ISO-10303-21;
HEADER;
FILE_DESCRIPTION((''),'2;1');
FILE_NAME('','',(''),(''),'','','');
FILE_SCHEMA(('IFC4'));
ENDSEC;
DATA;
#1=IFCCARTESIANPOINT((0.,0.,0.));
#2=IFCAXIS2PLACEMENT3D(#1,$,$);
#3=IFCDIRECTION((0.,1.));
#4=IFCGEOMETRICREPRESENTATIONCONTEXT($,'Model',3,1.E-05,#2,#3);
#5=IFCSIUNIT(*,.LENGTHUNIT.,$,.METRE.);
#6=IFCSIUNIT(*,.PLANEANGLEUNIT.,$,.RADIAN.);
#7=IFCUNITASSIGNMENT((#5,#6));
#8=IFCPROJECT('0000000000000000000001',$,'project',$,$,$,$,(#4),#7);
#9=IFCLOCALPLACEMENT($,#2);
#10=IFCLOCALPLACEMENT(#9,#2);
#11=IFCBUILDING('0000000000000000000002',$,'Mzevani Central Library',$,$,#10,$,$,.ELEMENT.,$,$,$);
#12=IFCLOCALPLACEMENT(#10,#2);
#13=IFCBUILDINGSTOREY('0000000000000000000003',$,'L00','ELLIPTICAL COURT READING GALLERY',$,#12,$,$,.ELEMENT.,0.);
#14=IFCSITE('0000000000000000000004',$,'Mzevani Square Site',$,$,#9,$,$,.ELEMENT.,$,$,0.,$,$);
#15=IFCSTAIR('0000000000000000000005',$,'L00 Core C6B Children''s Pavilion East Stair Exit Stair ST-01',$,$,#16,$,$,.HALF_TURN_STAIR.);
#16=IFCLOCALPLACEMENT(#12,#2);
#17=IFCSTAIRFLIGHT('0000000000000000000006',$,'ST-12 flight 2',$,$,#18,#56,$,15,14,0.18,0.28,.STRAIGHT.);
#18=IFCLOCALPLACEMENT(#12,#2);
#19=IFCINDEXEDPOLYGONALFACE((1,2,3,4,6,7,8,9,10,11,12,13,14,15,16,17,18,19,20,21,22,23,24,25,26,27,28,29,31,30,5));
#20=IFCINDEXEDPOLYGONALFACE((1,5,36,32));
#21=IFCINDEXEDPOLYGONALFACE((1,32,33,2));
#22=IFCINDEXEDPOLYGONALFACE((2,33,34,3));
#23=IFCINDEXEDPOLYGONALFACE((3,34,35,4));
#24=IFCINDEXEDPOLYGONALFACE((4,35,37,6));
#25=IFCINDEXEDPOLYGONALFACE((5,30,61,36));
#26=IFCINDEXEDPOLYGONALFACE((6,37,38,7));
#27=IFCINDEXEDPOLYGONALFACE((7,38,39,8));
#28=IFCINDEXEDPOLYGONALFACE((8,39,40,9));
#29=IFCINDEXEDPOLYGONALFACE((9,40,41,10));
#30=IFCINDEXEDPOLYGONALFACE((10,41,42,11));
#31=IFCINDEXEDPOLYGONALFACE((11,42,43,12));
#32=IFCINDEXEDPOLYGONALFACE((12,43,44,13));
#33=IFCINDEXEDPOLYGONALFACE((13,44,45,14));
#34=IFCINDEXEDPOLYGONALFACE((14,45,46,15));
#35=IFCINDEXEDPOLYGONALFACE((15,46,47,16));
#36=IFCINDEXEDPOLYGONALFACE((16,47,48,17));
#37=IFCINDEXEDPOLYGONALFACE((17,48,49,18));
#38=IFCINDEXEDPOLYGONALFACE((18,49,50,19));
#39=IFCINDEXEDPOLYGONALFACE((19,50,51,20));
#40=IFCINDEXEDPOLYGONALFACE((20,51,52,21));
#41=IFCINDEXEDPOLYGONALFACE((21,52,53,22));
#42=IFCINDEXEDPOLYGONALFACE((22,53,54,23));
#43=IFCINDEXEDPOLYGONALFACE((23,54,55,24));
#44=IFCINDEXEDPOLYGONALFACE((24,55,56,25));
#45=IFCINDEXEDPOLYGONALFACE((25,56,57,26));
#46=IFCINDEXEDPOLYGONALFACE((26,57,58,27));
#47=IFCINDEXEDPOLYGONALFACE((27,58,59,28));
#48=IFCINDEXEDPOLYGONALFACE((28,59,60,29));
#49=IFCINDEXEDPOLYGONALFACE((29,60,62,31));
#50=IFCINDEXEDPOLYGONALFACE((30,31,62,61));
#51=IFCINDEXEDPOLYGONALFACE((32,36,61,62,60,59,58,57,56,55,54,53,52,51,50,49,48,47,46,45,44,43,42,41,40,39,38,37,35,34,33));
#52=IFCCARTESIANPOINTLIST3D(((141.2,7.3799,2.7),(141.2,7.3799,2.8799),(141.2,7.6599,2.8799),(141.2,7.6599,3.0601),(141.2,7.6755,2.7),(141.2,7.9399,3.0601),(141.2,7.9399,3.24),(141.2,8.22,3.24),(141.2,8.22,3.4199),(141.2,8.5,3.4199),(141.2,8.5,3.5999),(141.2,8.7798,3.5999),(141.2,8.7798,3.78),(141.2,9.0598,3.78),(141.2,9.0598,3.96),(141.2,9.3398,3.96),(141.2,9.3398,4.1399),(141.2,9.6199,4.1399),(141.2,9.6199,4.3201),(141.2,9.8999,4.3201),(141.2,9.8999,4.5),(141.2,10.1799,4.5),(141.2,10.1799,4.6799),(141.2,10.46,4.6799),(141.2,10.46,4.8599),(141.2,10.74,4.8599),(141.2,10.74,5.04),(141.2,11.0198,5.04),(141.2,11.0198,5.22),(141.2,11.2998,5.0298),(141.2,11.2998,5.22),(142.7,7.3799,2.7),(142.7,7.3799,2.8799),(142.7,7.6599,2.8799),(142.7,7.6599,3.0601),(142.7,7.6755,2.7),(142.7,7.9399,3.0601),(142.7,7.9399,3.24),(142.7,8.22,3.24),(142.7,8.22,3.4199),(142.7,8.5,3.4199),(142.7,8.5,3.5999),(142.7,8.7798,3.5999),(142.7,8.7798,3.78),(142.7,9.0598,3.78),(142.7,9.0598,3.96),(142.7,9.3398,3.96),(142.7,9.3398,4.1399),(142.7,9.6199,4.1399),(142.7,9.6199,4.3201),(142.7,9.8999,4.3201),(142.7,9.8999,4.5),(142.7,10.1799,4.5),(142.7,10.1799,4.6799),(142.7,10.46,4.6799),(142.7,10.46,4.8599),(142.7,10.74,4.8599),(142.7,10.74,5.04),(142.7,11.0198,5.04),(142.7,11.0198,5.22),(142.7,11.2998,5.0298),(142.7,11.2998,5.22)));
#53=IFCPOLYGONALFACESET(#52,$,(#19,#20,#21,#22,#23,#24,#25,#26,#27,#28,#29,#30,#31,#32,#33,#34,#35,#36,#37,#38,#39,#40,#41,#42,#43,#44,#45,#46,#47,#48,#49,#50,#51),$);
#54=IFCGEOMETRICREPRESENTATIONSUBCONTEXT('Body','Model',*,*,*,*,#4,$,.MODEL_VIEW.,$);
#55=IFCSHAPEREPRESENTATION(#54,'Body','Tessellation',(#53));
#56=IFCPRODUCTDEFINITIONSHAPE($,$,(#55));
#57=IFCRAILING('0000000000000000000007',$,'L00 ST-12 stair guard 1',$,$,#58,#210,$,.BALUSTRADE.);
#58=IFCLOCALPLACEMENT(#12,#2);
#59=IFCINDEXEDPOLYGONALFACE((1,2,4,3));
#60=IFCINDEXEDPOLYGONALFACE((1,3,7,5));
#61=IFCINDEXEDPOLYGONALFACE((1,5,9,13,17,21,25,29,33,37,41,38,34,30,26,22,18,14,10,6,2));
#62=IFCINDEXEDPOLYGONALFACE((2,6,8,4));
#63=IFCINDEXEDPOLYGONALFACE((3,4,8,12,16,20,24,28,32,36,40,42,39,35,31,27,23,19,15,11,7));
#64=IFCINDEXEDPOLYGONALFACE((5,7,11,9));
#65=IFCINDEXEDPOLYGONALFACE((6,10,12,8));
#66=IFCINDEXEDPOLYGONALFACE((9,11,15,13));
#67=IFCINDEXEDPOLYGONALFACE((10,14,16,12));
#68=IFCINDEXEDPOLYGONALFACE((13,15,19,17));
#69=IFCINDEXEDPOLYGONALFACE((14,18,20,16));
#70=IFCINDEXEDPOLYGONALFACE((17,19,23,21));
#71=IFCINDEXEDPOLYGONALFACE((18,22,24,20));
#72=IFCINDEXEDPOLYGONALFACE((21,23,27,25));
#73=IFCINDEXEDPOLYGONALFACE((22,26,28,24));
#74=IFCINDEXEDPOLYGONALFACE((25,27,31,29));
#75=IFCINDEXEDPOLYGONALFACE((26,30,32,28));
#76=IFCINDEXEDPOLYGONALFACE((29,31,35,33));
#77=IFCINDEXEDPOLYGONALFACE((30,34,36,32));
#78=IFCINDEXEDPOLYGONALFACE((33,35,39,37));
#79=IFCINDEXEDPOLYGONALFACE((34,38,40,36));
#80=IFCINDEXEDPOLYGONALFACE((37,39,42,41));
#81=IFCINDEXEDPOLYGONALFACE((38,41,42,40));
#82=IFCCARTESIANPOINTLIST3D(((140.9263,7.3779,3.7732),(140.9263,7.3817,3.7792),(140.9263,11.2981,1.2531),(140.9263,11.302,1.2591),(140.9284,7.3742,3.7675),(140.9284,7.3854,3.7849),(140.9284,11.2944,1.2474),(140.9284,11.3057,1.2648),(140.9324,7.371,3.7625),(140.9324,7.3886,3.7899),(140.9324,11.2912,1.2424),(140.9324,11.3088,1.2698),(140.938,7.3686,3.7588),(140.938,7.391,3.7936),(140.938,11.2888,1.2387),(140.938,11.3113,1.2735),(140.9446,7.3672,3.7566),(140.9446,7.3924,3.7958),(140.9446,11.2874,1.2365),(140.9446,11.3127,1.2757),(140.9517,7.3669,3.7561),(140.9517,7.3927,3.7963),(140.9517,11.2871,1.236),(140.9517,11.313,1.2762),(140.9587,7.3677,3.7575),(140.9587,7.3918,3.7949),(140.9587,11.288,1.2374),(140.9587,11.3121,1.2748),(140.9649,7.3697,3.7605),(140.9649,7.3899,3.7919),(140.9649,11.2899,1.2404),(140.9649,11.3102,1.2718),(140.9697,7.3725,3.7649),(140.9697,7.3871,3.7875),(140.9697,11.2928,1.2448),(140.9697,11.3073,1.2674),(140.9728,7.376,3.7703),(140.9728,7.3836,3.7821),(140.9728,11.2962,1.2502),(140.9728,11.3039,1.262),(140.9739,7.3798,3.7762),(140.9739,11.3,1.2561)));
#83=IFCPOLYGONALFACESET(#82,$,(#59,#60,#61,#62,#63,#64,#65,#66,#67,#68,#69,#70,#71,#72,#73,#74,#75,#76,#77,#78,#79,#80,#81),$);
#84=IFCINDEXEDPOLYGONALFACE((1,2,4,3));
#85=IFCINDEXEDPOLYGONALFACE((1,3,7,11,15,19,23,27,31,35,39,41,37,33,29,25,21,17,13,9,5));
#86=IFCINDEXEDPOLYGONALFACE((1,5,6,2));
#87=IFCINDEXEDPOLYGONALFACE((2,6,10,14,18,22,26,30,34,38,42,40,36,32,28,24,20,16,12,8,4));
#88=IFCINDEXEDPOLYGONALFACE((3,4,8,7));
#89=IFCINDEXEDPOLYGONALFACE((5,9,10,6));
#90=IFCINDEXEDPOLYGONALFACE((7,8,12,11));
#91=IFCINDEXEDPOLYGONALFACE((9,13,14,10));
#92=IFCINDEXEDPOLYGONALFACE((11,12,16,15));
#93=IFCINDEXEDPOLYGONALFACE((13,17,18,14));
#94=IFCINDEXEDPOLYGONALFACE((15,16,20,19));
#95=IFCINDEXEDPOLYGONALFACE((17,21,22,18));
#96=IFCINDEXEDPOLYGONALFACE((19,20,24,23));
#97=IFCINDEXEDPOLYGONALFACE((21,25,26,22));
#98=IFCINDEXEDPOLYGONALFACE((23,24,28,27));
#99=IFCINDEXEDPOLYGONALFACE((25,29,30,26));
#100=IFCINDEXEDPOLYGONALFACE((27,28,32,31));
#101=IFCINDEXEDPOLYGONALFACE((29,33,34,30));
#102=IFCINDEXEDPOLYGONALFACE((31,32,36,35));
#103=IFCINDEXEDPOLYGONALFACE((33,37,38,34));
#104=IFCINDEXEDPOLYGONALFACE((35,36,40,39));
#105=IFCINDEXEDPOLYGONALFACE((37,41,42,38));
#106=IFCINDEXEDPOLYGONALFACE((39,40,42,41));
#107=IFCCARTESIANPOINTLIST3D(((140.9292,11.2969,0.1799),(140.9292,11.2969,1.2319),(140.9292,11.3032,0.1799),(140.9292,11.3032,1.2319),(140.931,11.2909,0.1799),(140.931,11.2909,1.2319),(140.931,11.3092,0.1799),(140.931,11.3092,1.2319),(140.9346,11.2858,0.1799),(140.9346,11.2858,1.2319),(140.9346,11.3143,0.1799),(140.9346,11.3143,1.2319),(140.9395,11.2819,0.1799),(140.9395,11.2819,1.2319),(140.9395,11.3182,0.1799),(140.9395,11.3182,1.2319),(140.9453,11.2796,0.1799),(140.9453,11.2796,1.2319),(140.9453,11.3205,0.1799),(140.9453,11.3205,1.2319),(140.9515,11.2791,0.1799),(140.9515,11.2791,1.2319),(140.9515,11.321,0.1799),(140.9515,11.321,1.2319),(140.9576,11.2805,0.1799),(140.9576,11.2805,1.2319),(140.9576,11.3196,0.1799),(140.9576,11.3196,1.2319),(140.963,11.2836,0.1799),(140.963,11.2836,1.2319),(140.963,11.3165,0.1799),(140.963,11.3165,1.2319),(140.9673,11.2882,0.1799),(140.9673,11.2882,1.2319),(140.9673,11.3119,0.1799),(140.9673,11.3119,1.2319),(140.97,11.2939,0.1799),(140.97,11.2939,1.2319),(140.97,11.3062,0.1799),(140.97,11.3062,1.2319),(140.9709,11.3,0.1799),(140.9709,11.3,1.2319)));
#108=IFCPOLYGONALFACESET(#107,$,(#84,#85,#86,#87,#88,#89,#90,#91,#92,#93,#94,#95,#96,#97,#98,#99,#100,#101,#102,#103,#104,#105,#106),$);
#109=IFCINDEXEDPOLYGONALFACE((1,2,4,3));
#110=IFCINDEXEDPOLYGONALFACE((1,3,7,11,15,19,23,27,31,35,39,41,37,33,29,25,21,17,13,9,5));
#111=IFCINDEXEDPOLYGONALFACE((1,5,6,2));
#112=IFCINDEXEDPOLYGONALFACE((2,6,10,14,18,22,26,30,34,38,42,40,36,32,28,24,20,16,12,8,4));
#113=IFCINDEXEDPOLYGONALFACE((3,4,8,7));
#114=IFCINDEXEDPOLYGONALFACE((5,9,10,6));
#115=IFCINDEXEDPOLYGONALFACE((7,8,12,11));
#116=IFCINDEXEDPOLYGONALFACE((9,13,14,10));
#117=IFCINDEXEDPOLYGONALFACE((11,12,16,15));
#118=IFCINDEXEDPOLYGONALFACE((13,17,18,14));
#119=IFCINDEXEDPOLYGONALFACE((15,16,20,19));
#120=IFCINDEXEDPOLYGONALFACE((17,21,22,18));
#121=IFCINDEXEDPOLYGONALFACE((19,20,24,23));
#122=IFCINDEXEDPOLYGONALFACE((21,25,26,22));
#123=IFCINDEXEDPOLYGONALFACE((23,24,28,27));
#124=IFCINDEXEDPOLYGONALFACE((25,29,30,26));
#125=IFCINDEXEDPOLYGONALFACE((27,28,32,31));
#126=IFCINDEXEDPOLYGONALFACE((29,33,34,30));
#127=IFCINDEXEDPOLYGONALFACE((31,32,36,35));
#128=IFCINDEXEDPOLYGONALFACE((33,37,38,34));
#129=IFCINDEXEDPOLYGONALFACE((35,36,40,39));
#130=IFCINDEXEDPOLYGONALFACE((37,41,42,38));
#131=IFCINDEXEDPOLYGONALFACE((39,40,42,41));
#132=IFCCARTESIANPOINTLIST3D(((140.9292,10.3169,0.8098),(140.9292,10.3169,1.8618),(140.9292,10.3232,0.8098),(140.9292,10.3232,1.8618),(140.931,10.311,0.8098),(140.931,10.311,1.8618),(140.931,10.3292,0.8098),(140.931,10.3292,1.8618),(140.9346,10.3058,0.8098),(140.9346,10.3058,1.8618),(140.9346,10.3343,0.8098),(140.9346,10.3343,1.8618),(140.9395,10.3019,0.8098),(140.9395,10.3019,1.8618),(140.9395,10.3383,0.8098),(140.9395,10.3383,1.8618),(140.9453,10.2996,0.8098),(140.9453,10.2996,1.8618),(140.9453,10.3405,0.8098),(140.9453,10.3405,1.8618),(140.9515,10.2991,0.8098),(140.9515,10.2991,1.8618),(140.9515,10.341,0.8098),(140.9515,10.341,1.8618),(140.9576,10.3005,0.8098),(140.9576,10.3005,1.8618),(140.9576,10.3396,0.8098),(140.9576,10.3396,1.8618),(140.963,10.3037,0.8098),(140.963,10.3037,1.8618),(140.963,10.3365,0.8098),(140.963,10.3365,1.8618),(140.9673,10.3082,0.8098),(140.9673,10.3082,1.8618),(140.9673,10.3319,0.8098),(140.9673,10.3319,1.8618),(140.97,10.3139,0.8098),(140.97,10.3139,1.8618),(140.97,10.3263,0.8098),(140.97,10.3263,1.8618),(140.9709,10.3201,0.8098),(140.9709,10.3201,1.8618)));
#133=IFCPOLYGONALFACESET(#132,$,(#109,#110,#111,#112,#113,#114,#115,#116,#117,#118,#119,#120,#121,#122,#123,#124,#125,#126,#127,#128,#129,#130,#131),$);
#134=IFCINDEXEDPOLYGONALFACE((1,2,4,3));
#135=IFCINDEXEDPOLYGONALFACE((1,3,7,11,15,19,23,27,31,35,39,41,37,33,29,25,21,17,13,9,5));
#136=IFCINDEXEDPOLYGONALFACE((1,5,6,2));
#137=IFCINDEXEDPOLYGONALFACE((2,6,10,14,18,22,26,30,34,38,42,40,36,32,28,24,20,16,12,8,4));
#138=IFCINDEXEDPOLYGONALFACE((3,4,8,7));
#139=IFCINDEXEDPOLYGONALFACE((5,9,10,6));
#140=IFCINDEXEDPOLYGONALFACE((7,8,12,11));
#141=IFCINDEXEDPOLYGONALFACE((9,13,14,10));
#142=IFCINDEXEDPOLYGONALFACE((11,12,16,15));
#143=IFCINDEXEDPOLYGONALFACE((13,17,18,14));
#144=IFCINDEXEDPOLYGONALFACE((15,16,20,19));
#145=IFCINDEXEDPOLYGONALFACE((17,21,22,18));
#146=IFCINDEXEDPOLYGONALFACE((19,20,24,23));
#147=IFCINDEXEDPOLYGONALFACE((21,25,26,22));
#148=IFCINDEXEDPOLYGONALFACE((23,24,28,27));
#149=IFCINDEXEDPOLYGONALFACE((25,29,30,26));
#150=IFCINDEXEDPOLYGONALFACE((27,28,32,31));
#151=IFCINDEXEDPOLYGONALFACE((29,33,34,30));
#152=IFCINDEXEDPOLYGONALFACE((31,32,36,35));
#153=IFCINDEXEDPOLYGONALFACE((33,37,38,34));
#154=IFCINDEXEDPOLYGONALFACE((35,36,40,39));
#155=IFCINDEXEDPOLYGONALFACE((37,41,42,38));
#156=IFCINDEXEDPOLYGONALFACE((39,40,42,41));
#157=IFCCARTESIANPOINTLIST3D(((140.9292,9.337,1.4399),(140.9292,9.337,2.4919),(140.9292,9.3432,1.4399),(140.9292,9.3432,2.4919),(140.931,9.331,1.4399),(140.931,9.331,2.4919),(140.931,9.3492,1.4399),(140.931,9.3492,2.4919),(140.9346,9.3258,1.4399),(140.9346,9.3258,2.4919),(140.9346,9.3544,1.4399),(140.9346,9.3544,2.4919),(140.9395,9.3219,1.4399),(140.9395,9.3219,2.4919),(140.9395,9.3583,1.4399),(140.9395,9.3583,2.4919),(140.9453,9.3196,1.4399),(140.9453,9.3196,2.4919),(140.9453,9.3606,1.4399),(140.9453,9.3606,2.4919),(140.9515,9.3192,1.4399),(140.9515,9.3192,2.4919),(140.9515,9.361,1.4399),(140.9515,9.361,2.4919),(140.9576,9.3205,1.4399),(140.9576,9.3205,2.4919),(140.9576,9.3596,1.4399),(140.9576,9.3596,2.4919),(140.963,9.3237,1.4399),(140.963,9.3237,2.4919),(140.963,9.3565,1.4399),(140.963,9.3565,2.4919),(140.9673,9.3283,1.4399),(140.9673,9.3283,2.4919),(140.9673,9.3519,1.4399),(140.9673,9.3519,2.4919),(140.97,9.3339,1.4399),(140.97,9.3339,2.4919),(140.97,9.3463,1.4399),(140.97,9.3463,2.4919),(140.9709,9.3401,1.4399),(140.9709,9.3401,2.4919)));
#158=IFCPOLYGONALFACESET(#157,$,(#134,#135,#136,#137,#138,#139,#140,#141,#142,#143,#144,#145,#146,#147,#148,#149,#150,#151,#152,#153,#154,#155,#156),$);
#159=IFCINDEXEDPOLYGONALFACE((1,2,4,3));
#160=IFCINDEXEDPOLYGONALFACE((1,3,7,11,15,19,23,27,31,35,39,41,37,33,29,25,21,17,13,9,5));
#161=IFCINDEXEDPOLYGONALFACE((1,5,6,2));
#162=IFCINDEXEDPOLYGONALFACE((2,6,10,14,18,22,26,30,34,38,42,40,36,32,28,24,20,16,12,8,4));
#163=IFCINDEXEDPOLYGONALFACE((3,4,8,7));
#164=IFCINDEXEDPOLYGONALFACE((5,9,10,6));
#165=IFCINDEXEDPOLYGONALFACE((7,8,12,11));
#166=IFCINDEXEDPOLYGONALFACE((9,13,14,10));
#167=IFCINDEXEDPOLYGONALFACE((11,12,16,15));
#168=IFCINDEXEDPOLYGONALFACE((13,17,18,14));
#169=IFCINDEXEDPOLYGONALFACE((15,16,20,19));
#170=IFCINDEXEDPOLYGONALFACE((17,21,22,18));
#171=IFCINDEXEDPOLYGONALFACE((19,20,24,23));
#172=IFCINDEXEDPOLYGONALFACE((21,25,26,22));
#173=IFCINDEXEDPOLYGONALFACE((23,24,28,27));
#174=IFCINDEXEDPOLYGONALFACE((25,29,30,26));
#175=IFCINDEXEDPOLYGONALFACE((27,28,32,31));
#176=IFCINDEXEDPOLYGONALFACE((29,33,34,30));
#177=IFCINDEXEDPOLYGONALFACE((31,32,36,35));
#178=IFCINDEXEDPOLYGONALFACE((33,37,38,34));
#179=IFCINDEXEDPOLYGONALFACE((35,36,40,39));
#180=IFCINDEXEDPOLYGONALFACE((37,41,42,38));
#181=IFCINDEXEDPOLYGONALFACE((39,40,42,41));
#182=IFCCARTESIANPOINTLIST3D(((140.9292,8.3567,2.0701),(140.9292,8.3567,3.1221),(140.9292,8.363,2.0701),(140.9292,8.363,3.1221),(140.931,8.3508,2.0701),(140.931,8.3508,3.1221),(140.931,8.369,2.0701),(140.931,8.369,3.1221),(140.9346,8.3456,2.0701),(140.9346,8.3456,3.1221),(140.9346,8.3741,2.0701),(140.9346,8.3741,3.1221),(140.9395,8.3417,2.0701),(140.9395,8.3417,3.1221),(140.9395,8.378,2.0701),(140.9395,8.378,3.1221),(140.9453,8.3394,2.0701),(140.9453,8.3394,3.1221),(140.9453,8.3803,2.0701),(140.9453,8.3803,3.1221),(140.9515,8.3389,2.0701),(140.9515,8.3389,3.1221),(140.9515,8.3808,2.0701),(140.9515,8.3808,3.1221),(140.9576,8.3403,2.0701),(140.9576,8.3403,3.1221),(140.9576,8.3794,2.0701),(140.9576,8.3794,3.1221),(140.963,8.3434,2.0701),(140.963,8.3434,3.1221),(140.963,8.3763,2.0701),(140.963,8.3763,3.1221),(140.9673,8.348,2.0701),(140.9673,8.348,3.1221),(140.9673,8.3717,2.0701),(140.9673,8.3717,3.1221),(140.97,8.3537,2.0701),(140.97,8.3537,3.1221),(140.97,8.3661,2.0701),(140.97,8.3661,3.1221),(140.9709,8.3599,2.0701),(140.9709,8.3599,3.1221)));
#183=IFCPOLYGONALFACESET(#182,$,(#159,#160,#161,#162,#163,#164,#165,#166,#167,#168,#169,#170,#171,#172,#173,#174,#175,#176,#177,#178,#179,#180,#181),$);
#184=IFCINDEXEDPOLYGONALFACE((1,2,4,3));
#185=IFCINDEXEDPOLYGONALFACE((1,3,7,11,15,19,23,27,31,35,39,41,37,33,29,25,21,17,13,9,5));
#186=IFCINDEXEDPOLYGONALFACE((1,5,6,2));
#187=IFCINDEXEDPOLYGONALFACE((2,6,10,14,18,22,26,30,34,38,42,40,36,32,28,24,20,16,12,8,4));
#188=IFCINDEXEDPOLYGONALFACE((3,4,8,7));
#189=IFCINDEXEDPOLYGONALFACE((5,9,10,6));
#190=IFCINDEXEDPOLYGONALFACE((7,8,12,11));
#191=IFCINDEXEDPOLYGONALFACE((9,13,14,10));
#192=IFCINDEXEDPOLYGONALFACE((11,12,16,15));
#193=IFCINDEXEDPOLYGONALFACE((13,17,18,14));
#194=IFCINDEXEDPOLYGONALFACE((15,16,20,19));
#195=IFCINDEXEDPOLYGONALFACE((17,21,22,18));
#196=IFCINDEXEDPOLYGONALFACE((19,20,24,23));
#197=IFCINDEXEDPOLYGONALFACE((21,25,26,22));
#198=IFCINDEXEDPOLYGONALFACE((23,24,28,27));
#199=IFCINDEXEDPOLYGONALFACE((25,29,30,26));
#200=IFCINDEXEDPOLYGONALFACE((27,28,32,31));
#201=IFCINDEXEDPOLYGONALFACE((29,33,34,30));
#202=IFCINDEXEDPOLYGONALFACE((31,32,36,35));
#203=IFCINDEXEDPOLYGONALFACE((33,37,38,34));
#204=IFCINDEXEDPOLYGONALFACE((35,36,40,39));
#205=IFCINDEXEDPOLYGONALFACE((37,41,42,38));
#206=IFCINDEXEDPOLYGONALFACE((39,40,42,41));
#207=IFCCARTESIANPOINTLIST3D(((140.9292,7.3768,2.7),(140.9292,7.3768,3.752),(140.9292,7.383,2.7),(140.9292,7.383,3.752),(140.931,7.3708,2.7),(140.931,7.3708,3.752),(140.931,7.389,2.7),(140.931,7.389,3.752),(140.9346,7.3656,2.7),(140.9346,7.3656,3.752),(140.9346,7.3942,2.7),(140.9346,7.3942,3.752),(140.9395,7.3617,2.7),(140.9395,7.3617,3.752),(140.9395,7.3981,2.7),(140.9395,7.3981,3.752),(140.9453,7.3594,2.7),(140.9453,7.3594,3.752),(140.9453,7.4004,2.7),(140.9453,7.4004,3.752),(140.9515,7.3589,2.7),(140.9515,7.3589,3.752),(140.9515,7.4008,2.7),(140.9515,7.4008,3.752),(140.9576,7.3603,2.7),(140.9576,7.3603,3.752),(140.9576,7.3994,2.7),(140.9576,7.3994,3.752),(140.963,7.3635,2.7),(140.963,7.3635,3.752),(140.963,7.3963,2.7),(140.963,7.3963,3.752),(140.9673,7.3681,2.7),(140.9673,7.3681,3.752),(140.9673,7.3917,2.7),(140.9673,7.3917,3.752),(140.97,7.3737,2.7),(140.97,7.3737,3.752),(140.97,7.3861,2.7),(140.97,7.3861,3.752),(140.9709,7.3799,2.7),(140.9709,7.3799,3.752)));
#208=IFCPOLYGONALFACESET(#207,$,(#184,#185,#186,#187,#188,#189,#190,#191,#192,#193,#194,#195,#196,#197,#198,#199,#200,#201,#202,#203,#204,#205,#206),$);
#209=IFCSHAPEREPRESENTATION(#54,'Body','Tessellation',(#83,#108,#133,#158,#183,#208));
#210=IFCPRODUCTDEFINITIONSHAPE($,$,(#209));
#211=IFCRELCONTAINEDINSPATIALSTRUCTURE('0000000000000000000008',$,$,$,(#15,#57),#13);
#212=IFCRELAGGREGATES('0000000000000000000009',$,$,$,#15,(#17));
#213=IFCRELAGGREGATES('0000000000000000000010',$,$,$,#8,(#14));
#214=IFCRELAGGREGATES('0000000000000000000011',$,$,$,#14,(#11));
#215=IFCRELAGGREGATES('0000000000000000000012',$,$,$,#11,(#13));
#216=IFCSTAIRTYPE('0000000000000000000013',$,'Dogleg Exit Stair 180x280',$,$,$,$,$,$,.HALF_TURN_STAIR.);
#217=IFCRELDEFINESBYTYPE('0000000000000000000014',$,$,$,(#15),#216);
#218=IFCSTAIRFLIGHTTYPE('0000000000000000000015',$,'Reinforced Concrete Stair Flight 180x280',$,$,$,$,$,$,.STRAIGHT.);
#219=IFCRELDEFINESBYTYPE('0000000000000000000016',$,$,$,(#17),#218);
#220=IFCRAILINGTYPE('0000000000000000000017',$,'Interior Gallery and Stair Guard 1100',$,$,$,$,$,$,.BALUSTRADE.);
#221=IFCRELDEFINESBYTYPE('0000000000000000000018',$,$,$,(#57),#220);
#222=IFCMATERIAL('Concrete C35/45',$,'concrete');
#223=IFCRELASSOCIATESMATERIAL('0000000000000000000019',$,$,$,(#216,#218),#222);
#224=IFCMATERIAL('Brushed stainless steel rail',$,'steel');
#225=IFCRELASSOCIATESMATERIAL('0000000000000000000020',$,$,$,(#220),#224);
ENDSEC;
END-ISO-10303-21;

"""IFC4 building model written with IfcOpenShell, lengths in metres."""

from ifc_helpers import new_model, si_unit, direction, frame, origin, origin_2d, place, context, subcontext, project, spatial, polyline, circle, outline, extrude, material, type_object, element, aggregate, save


model = new_model("IFC4")

# Units and contexts
model_context = context("Model", 3, precision=1e-05, world=origin(), true_north=direction((0.0, 1.0)))
body_context = subcontext(model_context, "Body", "Model", "MODEL_VIEW")
ifc_project = project(units=[si_unit("LENGTHUNIT", "METRE"), si_unit("PLANEANGLEUNIT", "RADIAN")], contexts=[model_context])

# Site, building, storey
site_placement = place(None, origin())
site = spatial("IfcSite", under=ifc_project, at=site_placement, Name="Mzevani Square Site", CompositionType="ELEMENT", RefElevation=0.0)
building_placement = place(site_placement, origin())
building = spatial("IfcBuilding", under=site, at=building_placement, Name="Mzevani Central Library", CompositionType="ELEMENT")
storey_placement = place(building_placement, origin())
storey = spatial("IfcBuildingStorey", under=building, at=storey_placement, Name="L00", Description="ELLIPTICAL COURT READING GALLERY", CompositionType="ELEMENT", Elevation=0.0)

# Shared definitions
ifc_material_1 = material(Name="Concrete C35/45", Category="concrete")

# Stair, stair flight
stair_type = type_object("IfcStairType", Name="Dogleg Exit Stair 180x280", PredefinedType="HALF_TURN_STAIR", material=ifc_material_1)
stair_placement = place(storey_placement, origin())
stair = element("IfcStair", 1, at=stair_placement, inside=storey, type_object=stair_type, Name="L00 Core C6B Children's Pavilion East Stair Exit Stair ST-01", PredefinedType="HALF_TURN_STAIR")
stair_flight_type = type_object("IfcStairFlightType", Name="Reinforced Concrete Stair Flight 180x280", PredefinedType="STRAIGHT", material=ifc_material_1)
stair_flight_1_placement = place(storey_placement, frame((141.95, 7.3799, 2.7), z_axis=(0.0, 0.0, 1.0), x_axis=(0.0, 1.0, 0.0)))
stair_flight_1 = element("IfcStairFlight", 2, at=stair_flight_1_placement, type_object=stair_flight_type, Name="ST-12 flight 2", NumberOfRisers=15, NumberOfTreads=14, PredefinedType="STRAIGHT", RiserHeight=0.18, TreadLength=0.28, context=body_context, shape_type="SweptSolid", body=[
    extrude(outline(polyline([(0.0, 0.0), (0.0, 0.1799), (0.28, 0.1799), (0.28, 0.3601), (0.5601, 0.3601), (0.5601, 0.54), (0.8401, 0.54), (0.8401, 0.72), (1.1201, 0.72), (1.1201, 0.8999), (1.3999, 0.8999), (1.3999, 1.0801), (1.6799, 1.0801), (1.6799, 1.26), (1.96, 1.26), (1.96, 1.4399), (2.24, 1.4399), (2.24, 1.6201), (2.52, 1.6201), (2.52, 1.8), (2.8, 1.8), (2.8, 1.98), (3.0801, 1.98), (3.0801, 2.1599), (3.3601, 2.1599), (3.3601, 2.3401), (3.6399, 2.3401), (3.6399, 2.52), (3.9199, 2.52), (3.9199, 2.7), (3.9199, 2.3298), (0.2957, 0.0), (0.0, 0.0)])), frame((0.0, 0.75, 0.0), z_axis=(0.0, -1.0, 0.0), x_axis=(1.0, 0.0, 0.0)), (0.0, 0.0, 1.0), 1.5),
])
aggregate(stair, [stair_flight_1])

# Railing
ifc_material_2 = material(Name="Brushed stainless steel rail", Category="steel")
railing_type_1 = type_object("IfcRailingType", Name="Interior Gallery and Stair Guard 1100", PredefinedType="BALUSTRADE", material=ifc_material_2)
railing_1_placement = place(storey_placement, frame((140.95, 11.3, 0.1799)))
element("IfcRailing", 3, at=railing_1_placement, inside=storey, type_object=railing_type_1, Name="L00 ST-12 stair guard 1", PredefinedType="BALUSTRADE", context=body_context, shape_type="SweptSolid", body=[
    extrude(circle(Radius=0.0239, at=origin_2d()), frame((0.0, 0.0, 1.0762), z_axis=(0.0, -0.841187, 0.540744), x_axis=(1.0, 0.0, 0.0)), (0.0, 0.0, 1.0), 4.6604),
    extrude(circle(Radius=0.021, at=origin_2d()), origin(), (0.0, 0.0, 1.0), 1.052),
    extrude(circle(Radius=0.021, at=origin_2d()), frame((0.0, -0.98, 0.6299)), (0.0, 0.0, 1.0), 1.052),
    extrude(circle(Radius=0.021, at=origin_2d()), frame((0.0, -1.96, 1.26)), (0.0, 0.0, 1.0), 1.052),
    extrude(circle(Radius=0.021, at=origin_2d()), frame((0.0, -2.9402, 1.8901)), (0.0, 0.0, 1.0), 1.052),
    extrude(circle(Radius=0.021, at=origin_2d()), frame((0.0, -3.9202, 2.52)), (0.0, 0.0, 1.0), 1.052),
])

save(model, "model.ifc")
